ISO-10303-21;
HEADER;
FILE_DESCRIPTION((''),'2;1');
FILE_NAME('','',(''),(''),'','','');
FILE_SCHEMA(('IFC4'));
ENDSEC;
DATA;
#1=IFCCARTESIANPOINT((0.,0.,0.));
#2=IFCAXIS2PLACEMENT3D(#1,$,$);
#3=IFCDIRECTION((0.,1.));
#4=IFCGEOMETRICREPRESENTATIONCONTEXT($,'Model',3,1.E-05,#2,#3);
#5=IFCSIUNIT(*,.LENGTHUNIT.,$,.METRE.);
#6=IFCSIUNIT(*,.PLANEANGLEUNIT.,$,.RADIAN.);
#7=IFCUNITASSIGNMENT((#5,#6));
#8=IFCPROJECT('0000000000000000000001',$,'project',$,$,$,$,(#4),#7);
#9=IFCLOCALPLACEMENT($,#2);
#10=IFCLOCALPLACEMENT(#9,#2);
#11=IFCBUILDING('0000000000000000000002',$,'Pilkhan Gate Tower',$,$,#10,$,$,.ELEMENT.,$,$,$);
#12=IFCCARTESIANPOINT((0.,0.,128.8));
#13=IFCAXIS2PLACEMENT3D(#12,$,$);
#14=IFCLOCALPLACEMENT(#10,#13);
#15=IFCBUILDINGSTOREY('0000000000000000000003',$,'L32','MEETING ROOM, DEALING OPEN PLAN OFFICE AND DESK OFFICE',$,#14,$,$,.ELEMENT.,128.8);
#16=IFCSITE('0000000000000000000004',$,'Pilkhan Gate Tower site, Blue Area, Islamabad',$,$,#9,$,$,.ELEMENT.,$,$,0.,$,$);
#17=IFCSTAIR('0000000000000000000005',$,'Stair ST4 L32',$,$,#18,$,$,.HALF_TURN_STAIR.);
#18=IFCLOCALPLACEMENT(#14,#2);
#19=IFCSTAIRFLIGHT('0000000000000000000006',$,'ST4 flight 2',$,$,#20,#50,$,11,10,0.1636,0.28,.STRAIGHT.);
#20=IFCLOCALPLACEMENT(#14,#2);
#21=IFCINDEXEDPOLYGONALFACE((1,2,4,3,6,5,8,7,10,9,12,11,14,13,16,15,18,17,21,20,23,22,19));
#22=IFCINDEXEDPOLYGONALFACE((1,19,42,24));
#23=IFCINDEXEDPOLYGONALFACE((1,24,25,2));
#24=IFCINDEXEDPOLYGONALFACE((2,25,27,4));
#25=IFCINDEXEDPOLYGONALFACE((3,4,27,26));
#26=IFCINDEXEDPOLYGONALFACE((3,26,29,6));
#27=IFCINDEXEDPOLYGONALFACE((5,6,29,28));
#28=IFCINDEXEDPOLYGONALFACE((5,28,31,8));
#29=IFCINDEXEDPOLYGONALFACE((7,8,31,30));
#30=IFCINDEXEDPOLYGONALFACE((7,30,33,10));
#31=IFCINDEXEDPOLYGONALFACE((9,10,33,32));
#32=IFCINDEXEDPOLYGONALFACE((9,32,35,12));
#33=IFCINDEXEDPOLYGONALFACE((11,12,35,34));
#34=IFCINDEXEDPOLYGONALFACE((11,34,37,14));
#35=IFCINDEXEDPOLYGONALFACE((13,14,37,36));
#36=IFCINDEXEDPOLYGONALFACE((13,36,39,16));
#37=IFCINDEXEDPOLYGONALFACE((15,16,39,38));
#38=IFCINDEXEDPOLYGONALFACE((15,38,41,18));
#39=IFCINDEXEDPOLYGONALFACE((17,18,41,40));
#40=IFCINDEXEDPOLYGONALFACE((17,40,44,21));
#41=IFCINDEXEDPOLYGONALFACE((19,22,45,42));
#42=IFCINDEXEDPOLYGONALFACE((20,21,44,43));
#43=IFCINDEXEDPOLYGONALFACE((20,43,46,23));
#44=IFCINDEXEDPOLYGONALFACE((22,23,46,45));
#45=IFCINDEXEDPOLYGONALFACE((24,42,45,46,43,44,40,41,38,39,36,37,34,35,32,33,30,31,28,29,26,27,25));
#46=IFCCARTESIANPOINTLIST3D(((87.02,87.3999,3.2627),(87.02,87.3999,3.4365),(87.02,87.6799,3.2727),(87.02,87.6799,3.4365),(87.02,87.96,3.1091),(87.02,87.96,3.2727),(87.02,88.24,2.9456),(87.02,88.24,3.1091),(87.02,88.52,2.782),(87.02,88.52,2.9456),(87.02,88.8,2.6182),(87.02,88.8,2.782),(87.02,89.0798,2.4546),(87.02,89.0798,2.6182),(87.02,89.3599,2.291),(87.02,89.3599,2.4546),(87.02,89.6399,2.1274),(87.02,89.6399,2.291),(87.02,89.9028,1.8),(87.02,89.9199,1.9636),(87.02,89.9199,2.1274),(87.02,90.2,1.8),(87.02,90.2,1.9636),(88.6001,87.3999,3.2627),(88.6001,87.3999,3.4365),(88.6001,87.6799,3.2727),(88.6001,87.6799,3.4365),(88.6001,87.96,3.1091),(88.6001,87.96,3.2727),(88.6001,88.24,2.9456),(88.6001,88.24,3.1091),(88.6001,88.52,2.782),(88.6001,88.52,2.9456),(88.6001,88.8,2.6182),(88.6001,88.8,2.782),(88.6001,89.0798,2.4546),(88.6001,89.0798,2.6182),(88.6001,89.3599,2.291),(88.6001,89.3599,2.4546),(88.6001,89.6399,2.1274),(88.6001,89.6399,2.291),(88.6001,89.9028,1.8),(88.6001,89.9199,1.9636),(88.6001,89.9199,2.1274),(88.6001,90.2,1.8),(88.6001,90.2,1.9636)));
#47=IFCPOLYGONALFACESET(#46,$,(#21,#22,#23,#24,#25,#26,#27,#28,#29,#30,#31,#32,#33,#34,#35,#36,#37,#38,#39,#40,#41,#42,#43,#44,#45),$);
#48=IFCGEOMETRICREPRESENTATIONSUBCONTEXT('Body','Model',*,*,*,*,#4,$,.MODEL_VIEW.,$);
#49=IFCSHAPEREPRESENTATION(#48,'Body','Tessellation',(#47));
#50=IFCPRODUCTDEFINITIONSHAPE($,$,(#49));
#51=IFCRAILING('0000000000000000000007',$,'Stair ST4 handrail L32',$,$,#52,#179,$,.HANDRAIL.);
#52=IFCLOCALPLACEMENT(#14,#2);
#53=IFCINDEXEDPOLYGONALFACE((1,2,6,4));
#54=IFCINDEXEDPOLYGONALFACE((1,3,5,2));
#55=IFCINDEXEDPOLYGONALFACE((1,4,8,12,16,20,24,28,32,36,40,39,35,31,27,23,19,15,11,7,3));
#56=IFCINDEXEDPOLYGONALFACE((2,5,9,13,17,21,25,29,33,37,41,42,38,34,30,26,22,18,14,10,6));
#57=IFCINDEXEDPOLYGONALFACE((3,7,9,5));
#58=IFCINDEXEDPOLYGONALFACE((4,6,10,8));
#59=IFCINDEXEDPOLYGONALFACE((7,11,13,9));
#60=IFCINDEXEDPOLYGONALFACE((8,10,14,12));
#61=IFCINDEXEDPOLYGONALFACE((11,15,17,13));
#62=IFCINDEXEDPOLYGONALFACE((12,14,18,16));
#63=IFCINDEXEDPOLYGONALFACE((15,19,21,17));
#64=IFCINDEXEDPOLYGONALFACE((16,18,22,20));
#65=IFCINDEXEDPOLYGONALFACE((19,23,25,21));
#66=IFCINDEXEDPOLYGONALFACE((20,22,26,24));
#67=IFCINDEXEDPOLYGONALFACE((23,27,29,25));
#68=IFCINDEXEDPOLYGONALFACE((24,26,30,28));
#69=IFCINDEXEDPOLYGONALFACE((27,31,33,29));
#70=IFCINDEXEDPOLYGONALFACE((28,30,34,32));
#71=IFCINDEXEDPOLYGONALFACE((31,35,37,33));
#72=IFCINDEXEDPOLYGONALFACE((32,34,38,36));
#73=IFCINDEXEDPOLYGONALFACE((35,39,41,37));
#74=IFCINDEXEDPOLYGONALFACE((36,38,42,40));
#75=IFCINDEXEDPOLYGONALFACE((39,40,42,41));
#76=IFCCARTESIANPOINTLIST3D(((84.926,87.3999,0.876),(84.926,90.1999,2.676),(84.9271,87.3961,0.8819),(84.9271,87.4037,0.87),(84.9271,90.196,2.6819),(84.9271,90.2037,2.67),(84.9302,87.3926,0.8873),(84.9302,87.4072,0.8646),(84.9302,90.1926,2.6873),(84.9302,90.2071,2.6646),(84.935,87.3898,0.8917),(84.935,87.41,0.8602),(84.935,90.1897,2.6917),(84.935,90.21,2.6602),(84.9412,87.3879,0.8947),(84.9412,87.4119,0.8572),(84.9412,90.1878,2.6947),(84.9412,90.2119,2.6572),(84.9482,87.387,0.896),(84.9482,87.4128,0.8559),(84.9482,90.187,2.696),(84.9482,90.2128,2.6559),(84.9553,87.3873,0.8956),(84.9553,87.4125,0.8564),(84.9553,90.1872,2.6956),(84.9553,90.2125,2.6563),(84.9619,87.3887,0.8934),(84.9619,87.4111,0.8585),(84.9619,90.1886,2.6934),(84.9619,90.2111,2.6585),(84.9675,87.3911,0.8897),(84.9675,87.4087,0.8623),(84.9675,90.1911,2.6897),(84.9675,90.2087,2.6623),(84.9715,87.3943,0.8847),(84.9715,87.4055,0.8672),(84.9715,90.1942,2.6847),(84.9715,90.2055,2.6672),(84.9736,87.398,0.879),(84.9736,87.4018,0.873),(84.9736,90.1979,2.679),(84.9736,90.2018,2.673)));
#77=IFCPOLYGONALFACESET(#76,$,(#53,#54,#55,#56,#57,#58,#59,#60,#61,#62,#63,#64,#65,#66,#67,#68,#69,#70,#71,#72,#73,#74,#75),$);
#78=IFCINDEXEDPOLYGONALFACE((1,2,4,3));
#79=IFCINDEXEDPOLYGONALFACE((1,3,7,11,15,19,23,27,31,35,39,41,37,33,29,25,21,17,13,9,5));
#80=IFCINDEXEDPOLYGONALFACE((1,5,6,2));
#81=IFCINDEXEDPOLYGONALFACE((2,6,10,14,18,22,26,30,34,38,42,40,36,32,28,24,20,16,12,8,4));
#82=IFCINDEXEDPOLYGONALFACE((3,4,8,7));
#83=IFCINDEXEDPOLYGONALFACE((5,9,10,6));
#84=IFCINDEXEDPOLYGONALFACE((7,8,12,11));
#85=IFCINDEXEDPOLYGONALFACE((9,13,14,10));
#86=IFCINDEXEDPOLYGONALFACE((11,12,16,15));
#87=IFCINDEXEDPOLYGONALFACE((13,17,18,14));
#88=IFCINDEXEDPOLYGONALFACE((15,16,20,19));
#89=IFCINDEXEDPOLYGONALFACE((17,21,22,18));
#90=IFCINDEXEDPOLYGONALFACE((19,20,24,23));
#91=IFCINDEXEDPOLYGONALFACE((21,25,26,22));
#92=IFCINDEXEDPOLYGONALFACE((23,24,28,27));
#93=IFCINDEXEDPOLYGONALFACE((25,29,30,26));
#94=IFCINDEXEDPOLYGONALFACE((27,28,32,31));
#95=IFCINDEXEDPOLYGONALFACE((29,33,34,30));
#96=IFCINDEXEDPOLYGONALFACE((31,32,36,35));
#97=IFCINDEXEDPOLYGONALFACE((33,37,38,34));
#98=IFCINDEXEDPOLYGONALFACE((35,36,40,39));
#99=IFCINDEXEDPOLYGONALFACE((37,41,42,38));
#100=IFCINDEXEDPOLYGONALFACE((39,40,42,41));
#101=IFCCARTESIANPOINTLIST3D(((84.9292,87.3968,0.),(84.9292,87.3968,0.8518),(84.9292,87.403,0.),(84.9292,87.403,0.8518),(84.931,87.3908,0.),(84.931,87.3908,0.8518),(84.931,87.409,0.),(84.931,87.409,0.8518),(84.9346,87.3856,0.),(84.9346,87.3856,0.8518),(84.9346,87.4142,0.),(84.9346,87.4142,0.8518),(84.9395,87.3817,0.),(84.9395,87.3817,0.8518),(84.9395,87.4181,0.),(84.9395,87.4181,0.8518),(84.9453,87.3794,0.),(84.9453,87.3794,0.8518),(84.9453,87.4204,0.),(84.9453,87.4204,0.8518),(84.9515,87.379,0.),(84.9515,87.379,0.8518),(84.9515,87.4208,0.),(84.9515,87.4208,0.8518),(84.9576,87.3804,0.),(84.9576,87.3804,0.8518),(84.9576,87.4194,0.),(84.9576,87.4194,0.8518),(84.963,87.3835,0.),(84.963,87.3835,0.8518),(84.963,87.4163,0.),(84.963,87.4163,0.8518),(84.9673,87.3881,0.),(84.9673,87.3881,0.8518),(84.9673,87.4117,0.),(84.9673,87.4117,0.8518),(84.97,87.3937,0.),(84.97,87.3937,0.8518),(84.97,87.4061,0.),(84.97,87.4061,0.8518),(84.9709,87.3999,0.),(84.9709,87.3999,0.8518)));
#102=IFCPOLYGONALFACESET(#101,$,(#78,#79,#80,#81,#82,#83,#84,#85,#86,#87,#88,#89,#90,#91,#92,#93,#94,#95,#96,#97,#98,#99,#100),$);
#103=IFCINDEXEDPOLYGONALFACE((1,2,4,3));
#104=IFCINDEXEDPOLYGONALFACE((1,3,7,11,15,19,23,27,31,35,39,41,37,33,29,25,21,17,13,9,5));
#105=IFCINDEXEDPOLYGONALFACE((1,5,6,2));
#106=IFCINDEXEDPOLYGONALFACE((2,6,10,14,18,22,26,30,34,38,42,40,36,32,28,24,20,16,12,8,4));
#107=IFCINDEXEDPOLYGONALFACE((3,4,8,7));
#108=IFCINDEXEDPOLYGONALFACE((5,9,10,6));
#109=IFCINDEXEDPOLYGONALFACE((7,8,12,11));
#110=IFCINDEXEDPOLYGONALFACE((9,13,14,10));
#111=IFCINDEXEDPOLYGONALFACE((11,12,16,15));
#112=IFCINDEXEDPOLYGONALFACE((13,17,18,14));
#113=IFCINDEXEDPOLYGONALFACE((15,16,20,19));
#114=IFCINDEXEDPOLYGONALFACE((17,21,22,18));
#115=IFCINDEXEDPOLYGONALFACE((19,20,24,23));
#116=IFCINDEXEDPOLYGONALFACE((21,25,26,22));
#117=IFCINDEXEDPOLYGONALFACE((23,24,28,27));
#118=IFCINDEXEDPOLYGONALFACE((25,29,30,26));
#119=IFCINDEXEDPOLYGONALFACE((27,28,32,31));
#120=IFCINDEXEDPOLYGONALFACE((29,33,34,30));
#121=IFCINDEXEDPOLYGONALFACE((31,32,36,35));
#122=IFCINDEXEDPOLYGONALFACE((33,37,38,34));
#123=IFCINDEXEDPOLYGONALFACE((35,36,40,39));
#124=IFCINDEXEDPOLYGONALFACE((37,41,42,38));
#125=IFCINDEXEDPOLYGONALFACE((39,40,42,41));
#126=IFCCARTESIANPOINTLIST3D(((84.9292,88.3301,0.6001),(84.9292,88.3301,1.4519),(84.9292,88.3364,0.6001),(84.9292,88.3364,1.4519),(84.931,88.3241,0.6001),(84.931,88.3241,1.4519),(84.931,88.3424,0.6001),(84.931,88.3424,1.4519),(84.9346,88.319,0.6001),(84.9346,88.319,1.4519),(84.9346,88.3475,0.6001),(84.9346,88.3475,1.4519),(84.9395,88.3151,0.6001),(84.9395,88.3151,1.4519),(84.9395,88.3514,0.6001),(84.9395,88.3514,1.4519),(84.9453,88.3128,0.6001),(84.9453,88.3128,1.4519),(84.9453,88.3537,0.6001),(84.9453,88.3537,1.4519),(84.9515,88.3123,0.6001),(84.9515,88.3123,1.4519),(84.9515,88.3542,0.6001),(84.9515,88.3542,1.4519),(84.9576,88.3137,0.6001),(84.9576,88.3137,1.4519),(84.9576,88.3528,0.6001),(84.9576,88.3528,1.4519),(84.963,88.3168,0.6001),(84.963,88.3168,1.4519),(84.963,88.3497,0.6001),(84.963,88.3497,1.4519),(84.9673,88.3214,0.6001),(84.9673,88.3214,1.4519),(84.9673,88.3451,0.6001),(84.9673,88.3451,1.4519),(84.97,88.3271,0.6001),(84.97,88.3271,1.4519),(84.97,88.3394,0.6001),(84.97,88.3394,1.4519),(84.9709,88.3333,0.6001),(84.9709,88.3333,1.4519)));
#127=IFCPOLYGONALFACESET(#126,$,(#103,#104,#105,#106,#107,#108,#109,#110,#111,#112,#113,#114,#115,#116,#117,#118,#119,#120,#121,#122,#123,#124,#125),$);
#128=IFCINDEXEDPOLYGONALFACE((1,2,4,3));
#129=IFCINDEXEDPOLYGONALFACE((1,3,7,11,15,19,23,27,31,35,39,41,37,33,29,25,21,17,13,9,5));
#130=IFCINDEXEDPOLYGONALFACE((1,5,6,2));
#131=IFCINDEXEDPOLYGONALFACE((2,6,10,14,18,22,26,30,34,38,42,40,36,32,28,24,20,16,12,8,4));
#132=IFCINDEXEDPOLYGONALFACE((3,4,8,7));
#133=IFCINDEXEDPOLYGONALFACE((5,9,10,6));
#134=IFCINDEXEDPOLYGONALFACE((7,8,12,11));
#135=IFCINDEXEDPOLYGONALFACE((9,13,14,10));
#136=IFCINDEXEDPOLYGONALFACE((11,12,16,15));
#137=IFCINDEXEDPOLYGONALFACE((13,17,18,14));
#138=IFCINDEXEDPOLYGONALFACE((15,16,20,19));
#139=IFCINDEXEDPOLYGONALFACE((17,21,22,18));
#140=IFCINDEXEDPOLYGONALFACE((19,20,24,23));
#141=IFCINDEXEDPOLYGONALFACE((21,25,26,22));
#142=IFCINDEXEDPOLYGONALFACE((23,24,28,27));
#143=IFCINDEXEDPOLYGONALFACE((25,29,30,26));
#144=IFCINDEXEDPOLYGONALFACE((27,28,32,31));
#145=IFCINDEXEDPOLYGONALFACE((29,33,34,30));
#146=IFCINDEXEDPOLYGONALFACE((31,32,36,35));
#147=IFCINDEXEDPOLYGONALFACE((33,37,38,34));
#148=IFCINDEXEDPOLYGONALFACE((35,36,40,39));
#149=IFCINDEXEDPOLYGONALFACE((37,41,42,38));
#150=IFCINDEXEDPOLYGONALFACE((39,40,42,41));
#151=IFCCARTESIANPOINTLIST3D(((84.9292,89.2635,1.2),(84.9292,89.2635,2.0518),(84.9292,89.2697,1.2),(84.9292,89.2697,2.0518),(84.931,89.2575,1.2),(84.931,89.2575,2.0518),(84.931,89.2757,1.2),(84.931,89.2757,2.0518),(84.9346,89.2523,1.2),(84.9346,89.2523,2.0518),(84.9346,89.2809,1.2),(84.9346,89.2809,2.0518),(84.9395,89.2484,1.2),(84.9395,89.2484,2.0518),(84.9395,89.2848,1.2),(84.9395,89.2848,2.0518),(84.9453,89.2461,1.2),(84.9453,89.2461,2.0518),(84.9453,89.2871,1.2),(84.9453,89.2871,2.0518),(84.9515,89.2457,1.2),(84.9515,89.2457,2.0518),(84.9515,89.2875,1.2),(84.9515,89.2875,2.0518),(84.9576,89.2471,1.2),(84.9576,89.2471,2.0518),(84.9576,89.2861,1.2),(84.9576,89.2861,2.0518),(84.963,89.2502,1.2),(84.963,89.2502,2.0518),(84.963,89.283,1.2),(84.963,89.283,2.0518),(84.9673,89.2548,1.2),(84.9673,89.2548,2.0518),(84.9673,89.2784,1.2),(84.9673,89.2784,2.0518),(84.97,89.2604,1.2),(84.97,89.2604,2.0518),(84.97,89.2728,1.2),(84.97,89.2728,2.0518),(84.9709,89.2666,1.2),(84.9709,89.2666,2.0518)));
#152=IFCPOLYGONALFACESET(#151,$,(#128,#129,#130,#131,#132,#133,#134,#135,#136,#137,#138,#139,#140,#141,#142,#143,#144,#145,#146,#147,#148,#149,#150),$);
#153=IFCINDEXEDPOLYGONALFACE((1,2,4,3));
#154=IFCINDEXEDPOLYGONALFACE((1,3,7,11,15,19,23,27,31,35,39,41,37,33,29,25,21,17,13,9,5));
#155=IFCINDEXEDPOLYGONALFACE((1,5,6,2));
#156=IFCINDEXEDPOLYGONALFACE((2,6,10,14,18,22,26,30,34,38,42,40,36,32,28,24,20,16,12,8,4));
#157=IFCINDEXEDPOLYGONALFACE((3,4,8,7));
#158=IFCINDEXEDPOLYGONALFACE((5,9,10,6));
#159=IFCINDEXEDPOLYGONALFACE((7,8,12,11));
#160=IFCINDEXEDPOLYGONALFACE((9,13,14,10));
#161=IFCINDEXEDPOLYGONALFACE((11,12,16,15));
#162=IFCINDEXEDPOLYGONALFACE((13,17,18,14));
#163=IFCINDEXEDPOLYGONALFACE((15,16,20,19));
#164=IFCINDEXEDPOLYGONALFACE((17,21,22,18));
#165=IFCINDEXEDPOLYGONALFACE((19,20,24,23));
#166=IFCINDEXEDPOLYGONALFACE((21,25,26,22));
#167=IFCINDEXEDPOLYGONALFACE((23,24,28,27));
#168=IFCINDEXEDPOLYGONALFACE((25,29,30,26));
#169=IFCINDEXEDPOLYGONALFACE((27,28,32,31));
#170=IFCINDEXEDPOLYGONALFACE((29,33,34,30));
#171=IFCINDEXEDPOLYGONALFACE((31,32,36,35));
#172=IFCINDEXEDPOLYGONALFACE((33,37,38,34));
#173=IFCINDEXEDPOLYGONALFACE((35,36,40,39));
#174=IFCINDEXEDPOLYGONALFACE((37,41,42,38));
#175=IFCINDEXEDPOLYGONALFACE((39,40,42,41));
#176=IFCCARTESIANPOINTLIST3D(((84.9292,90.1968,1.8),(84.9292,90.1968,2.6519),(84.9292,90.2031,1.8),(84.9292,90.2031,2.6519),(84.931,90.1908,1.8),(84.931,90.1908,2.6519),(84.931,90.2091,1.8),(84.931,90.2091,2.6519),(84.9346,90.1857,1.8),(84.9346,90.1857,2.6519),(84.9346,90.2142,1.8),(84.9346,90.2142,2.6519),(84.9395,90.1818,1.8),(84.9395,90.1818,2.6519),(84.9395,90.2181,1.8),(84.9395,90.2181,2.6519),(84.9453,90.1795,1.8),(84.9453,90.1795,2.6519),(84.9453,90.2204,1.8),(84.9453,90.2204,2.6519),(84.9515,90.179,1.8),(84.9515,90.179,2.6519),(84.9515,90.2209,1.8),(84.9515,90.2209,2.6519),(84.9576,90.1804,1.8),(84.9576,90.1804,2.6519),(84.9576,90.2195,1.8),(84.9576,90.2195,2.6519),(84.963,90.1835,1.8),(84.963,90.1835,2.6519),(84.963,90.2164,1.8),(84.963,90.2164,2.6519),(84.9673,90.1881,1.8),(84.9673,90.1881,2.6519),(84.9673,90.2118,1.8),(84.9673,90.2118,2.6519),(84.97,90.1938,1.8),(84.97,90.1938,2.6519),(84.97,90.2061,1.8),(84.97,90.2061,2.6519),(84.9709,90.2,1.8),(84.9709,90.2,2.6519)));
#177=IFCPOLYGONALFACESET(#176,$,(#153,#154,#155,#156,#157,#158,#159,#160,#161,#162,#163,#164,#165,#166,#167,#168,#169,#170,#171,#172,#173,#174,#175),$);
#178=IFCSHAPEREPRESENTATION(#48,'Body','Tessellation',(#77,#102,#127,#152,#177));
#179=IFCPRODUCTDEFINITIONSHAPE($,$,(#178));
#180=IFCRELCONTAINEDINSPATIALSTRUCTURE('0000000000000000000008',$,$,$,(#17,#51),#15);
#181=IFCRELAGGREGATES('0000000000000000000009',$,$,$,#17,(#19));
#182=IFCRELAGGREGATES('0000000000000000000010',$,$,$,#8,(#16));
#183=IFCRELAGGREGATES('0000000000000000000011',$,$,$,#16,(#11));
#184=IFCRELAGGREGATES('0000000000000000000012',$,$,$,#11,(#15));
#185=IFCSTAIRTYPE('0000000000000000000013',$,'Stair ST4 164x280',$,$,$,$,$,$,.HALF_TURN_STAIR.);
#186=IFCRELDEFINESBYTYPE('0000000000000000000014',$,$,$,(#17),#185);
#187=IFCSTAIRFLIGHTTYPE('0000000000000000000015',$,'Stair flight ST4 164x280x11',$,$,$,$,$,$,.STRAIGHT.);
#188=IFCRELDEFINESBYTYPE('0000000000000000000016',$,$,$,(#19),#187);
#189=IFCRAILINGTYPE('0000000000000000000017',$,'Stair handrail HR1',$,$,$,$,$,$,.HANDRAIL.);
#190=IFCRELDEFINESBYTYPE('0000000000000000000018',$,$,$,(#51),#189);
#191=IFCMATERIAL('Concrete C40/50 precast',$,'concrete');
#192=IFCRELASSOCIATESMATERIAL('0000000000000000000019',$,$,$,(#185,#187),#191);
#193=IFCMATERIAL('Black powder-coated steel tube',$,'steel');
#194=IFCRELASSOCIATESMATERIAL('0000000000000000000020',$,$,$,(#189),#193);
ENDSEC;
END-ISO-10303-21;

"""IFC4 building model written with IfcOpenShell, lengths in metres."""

from ifc_helpers import new_model, si_unit, direction, frame, origin, origin_2d, place, context, subcontext, project, spatial, polyline, circle, outline, extrude, material, type_object, element, aggregate, save


model = new_model("IFC4")

# Units and contexts
model_context = context("Model", 3, precision=1e-05, world=origin(), true_north=direction((0.0, 1.0)))
body_context = subcontext(model_context, "Body", "Model", "MODEL_VIEW")
ifc_project = project(units=[si_unit("LENGTHUNIT", "METRE"), si_unit("PLANEANGLEUNIT", "RADIAN")], contexts=[model_context])

# Site, building, storey
site_placement = place(None, origin())
site = spatial("IfcSite", under=ifc_project, at=site_placement, Name="Pilkhan Gate Tower site, Blue Area, Islamabad", CompositionType="ELEMENT", RefElevation=0.0)
building_placement = place(site_placement, origin())
building = spatial("IfcBuilding", under=site, at=building_placement, Name="Pilkhan Gate Tower", CompositionType="ELEMENT")
storey_placement = place(building_placement, frame((0.0, 0.0, 128.8)))
storey = spatial("IfcBuildingStorey", under=building, at=storey_placement, Name="L32", Description="MEETING ROOM, DEALING OPEN PLAN OFFICE AND DESK OFFICE", CompositionType="ELEMENT", Elevation=128.8)

# Stair, stair flight
ifc_material_1 = material(Name="Concrete C40/50 precast", Category="concrete")
stair_type = type_object("IfcStairType", Name="Stair ST4 164x280", PredefinedType="HALF_TURN_STAIR", material=ifc_material_1)
stair_placement = place(storey_placement, origin())
stair = element("IfcStair", 1, at=stair_placement, inside=storey, type_object=stair_type, Name="Stair ST4 L32", PredefinedType="HALF_TURN_STAIR")
stair_flight_type = type_object("IfcStairFlightType", Name="Stair flight ST4 164x280x11", PredefinedType="STRAIGHT", material=ifc_material_1)
stair_flight_1_placement = place(storey_placement, frame((87.8101, 90.2, 1.8), z_axis=(0.0, 0.0, 1.0), x_axis=(0.0, -1.0, 0.0)))
stair_flight_1 = element("IfcStairFlight", 2, at=stair_flight_1_placement, type_object=stair_flight_type, Name="ST4 flight 2", NumberOfRisers=11, NumberOfTreads=10, PredefinedType="STRAIGHT", RiserHeight=0.1636, TreadLength=0.28, context=body_context, shape_type="SweptSolid", body=[
    extrude(outline(polyline([(0.0, 0.0), (0.0, 0.1636), (0.28, 0.1636), (0.28, 0.3274), (0.5601, 0.3274), (0.5601, 0.491), (0.8401, 0.491), (0.8401, 0.6545), (1.1201, 0.6545), (1.1201, 0.8181), (1.3999, 0.8181), (1.3999, 0.9819), (1.6799, 0.9819), (1.6799, 1.1455), (1.96, 1.1455), (1.96, 1.3091), (2.24, 1.3091), (2.24, 1.4727), (2.52, 1.4727), (2.52, 1.6365), (2.8, 1.6365), (2.8, 1.8), (2.8, 1.4626), (0.2971, 0.0), (0.0, 0.0)])), frame((0.0, 0.79, 0.0), z_axis=(0.0, -1.0, 0.0), x_axis=(1.0, 0.0, 0.0)), (0.0, 0.0, 1.0), 1.5801),
])
aggregate(stair, [stair_flight_1])

# Railing
ifc_material_2 = material(Name="Black powder-coated steel tube", Category="steel")
railing_type_1 = type_object("IfcRailingType", Name="Stair handrail HR1", PredefinedType="HANDRAIL", material=ifc_material_2)
railing_1_placement = place(storey_placement, frame((84.95, 87.3999, 0.0)))
element("IfcRailing", 3, at=railing_1_placement, inside=storey, type_object=railing_type_1, Name="Stair ST4 handrail L32", PredefinedType="HANDRAIL", context=body_context, shape_type="SweptSolid", body=[
    extrude(circle(Radius=0.0239, at=origin_2d()), frame((0.0, 0.0, 0.876), z_axis=(0.0, 0.841176, 0.540761), x_axis=(-1.0, 0.0, 0.0)), (0.0, 0.0, 1.0), 3.3286),
    extrude(circle(Radius=0.021, at=origin_2d()), origin(), (0.0, 0.0, 1.0), 0.8518),
    extrude(circle(Radius=0.021, at=origin_2d()), frame((0.0, 0.9333, 0.6001)), (0.0, 0.0, 1.0), 0.8518),
    extrude(circle(Radius=0.021, at=origin_2d()), frame((0.0, 1.8667, 1.2)), (0.0, 0.0, 1.0), 0.8518),
    extrude(circle(Radius=0.021, at=origin_2d()), frame((0.0, 2.8, 1.8)), (0.0, 0.0, 1.0), 0.8518),
])

save(model, "model.ifc")
